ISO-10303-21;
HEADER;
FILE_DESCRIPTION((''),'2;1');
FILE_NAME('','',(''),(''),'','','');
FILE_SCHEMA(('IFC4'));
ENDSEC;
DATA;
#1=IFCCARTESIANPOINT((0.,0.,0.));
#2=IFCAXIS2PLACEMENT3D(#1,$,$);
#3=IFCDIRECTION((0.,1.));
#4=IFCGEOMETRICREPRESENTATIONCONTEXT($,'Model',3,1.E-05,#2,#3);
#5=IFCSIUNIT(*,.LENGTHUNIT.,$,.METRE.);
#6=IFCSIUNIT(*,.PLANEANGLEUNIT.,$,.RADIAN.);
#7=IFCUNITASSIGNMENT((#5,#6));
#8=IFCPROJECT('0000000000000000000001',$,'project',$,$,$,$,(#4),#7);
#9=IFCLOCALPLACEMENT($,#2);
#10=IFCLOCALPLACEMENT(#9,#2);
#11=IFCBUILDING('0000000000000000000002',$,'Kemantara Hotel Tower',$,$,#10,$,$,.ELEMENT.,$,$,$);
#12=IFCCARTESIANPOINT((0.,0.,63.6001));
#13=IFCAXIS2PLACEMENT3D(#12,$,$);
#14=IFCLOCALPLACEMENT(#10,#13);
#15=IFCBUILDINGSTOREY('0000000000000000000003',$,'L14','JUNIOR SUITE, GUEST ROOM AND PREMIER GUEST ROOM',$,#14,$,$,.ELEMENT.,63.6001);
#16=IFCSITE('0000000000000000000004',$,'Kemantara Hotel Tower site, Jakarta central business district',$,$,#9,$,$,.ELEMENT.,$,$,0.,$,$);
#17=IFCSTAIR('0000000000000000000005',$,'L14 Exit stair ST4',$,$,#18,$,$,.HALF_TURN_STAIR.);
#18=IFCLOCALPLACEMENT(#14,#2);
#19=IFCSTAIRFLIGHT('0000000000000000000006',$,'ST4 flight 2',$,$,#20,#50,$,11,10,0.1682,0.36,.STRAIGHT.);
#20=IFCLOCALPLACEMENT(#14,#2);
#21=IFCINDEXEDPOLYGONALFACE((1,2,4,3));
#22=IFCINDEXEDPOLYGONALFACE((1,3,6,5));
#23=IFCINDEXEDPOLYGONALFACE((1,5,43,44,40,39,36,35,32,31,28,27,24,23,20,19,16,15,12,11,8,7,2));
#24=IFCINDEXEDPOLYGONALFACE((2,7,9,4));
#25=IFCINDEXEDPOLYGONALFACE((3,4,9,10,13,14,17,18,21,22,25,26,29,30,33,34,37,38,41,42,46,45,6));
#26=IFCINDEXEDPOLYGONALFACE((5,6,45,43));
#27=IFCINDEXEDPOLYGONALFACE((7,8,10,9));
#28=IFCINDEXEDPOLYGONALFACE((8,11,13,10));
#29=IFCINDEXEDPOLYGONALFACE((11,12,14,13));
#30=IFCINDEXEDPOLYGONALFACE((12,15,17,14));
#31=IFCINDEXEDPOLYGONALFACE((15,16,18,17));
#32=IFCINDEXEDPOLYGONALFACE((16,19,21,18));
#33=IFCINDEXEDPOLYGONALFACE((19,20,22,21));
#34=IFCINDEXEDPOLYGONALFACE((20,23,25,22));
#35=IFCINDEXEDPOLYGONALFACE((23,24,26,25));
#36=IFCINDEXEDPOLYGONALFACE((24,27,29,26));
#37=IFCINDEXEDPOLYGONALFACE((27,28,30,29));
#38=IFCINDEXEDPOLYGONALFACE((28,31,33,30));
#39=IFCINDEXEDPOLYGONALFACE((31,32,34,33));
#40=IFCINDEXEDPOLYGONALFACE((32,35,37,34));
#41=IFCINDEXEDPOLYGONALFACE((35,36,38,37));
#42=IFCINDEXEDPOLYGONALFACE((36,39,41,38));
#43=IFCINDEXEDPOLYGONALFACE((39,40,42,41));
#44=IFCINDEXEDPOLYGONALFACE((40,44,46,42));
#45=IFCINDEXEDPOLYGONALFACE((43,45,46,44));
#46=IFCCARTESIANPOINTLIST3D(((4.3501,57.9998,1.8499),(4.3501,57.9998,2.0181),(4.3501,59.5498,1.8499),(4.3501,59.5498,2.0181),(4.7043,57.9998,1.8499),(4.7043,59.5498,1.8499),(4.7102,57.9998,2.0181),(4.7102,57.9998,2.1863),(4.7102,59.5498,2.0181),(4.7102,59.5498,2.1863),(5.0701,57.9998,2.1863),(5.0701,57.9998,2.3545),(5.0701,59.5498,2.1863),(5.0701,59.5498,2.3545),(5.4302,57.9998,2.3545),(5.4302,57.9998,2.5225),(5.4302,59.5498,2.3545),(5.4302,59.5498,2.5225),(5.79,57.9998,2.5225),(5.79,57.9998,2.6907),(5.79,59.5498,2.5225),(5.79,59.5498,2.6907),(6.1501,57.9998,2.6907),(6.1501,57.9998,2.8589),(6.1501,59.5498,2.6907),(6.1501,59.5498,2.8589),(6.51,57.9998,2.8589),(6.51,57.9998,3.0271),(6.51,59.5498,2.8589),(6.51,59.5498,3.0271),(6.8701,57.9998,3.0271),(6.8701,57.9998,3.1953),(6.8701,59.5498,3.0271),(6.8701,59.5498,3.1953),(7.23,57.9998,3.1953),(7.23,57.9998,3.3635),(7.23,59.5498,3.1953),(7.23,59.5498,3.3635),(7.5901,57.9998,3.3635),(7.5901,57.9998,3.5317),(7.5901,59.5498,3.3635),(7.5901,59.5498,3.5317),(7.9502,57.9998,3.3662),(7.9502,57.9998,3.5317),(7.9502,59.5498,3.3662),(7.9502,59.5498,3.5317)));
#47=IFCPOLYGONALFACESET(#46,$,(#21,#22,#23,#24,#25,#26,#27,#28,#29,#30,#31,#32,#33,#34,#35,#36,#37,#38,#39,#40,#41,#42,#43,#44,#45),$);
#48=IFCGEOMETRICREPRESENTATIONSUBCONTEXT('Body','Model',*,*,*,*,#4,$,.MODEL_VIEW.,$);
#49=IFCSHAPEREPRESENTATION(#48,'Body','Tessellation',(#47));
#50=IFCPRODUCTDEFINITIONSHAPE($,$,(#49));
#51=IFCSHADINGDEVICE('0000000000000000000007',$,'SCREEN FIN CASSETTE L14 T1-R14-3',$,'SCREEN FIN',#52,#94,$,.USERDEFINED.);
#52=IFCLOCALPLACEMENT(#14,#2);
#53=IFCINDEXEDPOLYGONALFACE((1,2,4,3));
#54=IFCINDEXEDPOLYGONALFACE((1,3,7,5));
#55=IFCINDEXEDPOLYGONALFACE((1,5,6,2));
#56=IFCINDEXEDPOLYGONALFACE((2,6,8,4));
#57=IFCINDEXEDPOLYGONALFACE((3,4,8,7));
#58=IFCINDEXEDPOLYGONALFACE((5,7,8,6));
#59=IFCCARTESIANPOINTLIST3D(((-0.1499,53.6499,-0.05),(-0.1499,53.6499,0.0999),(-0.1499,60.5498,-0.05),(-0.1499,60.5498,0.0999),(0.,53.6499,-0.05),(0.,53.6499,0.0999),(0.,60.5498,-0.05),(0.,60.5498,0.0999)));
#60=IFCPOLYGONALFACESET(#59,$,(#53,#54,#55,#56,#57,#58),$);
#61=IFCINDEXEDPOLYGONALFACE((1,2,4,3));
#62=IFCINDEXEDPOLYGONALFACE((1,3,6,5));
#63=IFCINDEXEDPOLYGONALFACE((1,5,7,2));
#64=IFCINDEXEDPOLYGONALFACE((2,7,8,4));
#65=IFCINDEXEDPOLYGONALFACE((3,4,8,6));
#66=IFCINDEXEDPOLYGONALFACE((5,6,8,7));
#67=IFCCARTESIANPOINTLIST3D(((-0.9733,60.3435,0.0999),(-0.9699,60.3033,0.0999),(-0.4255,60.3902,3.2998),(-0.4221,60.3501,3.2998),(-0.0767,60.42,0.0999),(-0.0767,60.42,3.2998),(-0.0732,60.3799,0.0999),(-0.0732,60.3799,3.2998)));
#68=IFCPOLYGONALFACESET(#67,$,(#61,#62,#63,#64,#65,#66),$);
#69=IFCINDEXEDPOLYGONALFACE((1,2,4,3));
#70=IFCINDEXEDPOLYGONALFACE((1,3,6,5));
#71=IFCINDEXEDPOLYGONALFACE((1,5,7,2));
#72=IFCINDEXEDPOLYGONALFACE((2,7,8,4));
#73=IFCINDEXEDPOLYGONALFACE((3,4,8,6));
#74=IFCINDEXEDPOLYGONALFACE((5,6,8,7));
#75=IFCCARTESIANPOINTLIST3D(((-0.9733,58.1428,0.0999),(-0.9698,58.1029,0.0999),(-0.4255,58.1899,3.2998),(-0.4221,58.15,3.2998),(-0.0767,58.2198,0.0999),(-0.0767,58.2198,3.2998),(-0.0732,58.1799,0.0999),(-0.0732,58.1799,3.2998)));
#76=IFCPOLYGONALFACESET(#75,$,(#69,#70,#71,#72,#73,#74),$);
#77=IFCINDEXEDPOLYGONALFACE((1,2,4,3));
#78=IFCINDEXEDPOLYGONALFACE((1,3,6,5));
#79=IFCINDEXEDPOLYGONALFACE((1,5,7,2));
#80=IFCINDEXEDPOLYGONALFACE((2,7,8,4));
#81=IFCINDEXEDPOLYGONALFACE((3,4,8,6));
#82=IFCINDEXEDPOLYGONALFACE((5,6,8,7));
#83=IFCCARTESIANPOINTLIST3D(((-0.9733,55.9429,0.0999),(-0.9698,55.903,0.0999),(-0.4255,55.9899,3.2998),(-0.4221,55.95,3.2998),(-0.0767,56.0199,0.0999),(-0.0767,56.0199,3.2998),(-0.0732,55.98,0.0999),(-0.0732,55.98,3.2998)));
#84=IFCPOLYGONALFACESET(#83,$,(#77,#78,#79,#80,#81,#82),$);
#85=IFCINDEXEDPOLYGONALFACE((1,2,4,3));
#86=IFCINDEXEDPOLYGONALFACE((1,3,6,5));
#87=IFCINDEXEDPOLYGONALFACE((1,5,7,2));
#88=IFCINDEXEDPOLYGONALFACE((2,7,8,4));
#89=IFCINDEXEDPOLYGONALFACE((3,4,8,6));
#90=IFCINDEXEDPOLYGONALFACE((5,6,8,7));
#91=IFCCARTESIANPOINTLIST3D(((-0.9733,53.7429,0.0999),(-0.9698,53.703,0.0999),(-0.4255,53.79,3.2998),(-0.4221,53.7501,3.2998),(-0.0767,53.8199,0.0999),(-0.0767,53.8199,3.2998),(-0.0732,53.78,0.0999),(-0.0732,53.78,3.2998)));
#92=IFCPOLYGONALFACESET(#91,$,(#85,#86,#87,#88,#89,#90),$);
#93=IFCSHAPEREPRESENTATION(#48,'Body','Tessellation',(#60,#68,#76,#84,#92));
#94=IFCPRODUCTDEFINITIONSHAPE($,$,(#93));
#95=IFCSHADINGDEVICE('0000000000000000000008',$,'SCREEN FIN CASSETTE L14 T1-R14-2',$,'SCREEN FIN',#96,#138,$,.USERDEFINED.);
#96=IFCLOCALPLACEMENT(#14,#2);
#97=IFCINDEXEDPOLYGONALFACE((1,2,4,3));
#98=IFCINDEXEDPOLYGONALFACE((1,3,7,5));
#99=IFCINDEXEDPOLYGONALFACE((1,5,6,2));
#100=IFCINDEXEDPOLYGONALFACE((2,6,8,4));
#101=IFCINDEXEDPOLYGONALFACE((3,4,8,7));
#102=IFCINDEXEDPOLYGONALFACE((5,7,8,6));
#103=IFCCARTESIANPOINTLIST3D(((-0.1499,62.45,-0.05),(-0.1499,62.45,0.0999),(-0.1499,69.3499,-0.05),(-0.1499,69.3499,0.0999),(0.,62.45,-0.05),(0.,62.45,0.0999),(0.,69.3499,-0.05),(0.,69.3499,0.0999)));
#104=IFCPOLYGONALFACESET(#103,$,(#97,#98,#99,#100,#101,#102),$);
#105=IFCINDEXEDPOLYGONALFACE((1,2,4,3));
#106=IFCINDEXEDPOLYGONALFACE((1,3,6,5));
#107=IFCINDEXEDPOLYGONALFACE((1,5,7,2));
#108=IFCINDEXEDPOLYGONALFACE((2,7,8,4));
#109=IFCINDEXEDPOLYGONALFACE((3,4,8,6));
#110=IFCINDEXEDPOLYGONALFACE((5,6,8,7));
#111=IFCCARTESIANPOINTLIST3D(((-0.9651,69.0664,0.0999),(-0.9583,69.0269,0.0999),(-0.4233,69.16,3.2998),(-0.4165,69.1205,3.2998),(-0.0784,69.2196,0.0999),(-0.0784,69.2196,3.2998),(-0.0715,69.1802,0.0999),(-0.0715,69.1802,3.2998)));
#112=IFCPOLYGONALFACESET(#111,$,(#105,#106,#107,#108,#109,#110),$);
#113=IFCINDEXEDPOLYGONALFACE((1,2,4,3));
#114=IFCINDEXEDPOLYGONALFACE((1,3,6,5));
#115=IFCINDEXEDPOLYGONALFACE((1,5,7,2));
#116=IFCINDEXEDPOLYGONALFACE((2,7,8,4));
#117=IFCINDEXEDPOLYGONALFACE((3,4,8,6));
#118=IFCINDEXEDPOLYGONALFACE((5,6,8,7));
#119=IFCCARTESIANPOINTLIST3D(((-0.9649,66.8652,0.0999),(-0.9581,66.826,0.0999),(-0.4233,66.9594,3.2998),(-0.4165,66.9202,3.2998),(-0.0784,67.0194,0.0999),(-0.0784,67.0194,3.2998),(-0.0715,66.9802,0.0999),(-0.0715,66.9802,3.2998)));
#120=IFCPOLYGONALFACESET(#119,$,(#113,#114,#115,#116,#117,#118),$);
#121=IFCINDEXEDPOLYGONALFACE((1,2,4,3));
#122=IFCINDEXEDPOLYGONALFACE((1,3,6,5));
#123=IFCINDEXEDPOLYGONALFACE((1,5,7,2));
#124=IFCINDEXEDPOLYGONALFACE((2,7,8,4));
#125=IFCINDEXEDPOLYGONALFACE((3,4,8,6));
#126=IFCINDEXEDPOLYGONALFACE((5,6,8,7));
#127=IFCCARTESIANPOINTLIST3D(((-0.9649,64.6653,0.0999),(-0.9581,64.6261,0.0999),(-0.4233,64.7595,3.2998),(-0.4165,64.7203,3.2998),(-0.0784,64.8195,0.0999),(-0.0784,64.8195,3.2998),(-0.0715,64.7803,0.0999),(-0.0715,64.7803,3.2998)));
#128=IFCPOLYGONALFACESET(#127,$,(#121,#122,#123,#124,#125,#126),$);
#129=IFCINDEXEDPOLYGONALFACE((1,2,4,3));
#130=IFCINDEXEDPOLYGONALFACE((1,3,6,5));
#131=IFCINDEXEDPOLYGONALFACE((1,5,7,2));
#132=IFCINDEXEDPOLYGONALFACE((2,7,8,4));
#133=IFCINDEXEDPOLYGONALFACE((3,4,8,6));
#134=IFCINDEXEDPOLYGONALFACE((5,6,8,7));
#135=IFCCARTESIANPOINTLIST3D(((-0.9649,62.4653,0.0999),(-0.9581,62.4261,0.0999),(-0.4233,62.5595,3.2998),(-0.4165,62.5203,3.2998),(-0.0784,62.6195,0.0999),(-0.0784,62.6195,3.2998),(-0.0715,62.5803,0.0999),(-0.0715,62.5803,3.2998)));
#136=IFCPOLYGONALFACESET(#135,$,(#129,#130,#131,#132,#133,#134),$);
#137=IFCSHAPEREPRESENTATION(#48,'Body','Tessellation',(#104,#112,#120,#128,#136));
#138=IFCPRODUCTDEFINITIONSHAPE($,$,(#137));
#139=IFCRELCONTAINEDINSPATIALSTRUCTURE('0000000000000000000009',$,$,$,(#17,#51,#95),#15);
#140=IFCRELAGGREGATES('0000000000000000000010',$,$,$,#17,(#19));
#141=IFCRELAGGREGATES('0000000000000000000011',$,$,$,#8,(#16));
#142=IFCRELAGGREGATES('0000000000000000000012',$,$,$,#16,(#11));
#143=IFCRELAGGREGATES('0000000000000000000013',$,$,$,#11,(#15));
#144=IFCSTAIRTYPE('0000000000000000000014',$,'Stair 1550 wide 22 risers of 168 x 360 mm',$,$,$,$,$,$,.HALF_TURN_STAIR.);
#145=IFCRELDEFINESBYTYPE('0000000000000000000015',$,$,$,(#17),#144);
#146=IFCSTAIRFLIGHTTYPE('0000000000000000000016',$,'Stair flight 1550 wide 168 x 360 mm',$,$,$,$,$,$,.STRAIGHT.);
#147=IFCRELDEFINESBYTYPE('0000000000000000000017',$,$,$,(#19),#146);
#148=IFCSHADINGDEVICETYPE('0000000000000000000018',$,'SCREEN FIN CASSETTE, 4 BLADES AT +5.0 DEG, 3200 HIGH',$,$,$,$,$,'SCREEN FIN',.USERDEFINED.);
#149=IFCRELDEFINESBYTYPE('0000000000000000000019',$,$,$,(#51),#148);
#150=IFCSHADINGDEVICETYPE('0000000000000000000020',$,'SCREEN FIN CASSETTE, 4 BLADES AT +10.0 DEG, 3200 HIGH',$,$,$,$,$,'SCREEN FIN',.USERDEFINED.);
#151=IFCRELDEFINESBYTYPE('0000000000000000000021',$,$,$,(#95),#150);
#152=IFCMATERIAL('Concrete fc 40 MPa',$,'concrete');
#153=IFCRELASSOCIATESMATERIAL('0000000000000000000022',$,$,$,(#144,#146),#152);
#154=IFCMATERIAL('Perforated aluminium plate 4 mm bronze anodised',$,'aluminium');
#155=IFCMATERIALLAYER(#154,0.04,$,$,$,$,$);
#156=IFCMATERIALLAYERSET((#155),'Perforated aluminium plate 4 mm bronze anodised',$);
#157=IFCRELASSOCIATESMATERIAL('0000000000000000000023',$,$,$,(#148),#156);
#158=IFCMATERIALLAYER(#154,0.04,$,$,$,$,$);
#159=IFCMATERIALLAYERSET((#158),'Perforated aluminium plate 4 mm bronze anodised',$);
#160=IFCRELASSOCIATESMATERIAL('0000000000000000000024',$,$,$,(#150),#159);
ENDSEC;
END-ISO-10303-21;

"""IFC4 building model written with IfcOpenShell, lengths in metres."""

from ifc_helpers import new_model, si_unit, direction, frame, origin, origin_2d, place, context, subcontext, project, spatial, polyline, rectangle, outline, extrude, source, transform, mapped, material, layer, layer_set, type_object, element, aggregate, save


model = new_model("IFC4")

# Units and contexts
model_context = context("Model", 3, precision=1e-05, world=origin(), true_north=direction((0.0, 1.0)))
body_context = subcontext(model_context, "Body", "Model", "MODEL_VIEW")
ifc_project = project(units=[si_unit("LENGTHUNIT", "METRE"), si_unit("PLANEANGLEUNIT", "RADIAN")], contexts=[model_context])

# Site, building, storey
site_placement = place(None, origin())
site = spatial("IfcSite", under=ifc_project, at=site_placement, Name="Kemantara Hotel Tower site, Jakarta central business district", CompositionType="ELEMENT", RefElevation=0.0)
building_placement = place(site_placement, origin())
building = spatial("IfcBuilding", under=site, at=building_placement, Name="Kemantara Hotel Tower", CompositionType="ELEMENT")
storey_placement = place(building_placement, frame((0.0, 0.0, 63.6001)))
storey = spatial("IfcBuildingStorey", under=building, at=storey_placement, Name="L14", Description="JUNIOR SUITE, GUEST ROOM AND PREMIER GUEST ROOM", CompositionType="ELEMENT", Elevation=63.6001)

# Shared definitions
ifc_material_1 = material(Name="Concrete fc 40 MPa", Category="concrete")

# Stair, stair flight
stair_type = type_object("IfcStairType", Name="Stair 1550 wide 22 risers of 168 x 360 mm", PredefinedType="HALF_TURN_STAIR", material=ifc_material_1)
stair_placement = place(storey_placement, origin())
stair = element("IfcStair", 1, at=stair_placement, inside=storey, type_object=stair_type, Name="L14 Exit stair ST4", PredefinedType="HALF_TURN_STAIR")
stair_flight_type = type_object("IfcStairFlightType", Name="Stair flight 1550 wide 168 x 360 mm", PredefinedType="STRAIGHT", material=ifc_material_1)
stair_flight_1_placement = place(storey_placement, frame((4.3501, 58.7749, 1.8499), z_axis=(0.0, 0.0, 1.0), x_axis=(1.0, 0.0, 0.0)))
stair_flight_1 = element("IfcStairFlight", 2, at=stair_flight_1_placement, type_object=stair_flight_type, Name="ST4 flight 2", NumberOfRisers=11, NumberOfTreads=10, PredefinedType="STRAIGHT", RiserHeight=0.1682, TreadLength=0.36, context=body_context, shape_type="SweptSolid", body=[
    extrude(outline(polyline([(0.0, 0.0), (0.0, 0.1682), (0.3601, 0.1682), (0.3601, 0.3364), (0.72, 0.3364), (0.72, 0.5046), (1.0801, 0.5046), (1.0801, 0.6726), (1.4399, 0.6726), (1.4399, 0.8408), (1.8, 0.8408), (1.8, 1.009), (2.1599, 1.009), (2.1599, 1.1772), (2.52, 1.1772), (2.52, 1.3455), (2.8799, 1.3455), (2.8799, 1.5137), (3.24, 1.5137), (3.24, 1.6819), (3.6001, 1.6819), (3.6001, 1.8501), (3.6001, 1.5164), (0.3542, 0.0), (0.0, 0.0)])), frame((0.0, 0.7749, 0.0), z_axis=(0.0, -1.0, 0.0), x_axis=(1.0, 0.0, 0.0)), (0.0, 0.0, 1.0), 1.55),
])
aggregate(stair, [stair_flight_1])

# Shading devices
ifc_material_2 = material(Name="Perforated aluminium plate 4 mm bronze anodised", Category="aluminium")
ifc_layer_1 = layer(ifc_material_2, 0.04)
ifc_layer_set_1 = layer_set([ifc_layer_1], Name="Perforated aluminium plate 4 mm bronze anodised")
shading_device_type_1 = type_object("IfcShadingDeviceType", Name="SCREEN FIN CASSETTE, 4 BLADES AT +5.0 DEG, 3200 HIGH", ElementType="SCREEN FIN", PredefinedType="USERDEFINED", material=ifc_layer_set_1)
shared_shape_1 = source(origin(), body_context, "Body", "SweptSolid", [
    extrude(rectangle(XDim=6.8999, YDim=0.1499, at=origin_2d()), frame((3.3, -0.075, -0.1499), z_axis=(0.0, 0.0, 1.0), x_axis=(1.0, 0.0, 0.0)), (0.0, 0.0, 1.0), 0.1499),
    extrude(outline(polyline([(0.0, 0.0), (0.8999, 0.0), (0.3501, 3.2), (0.0, 3.2), (0.0, 0.0)])), frame((0.02, -0.0732, 0.0), z_axis=(-0.996376, -0.085056, 0.0), x_axis=(0.085056, -0.996376, 0.0)), (0.0, 0.0, 1.0), 0.0403),
    extrude(outline(polyline([(0.0, 0.0), (0.8999, 0.0), (0.3501, 3.2), (0.0, 3.2), (0.0, 0.0)])), frame((2.22, -0.0732, 0.0), z_axis=(-0.996332, -0.085575, 0.0), x_axis=(0.085575, -0.996332, 0.0)), (0.0, 0.0, 1.0), 0.04),
    extrude(outline(polyline([(0.0, 0.0), (0.8999, 0.0), (0.3501, 3.2), (0.0, 3.2), (0.0, 0.0)])), frame((4.4199, -0.0732, 0.0), z_axis=(-0.996332, -0.085575, 0.0), x_axis=(0.085575, -0.996332, 0.0)), (0.0, 0.0, 1.0), 0.04),
    extrude(outline(polyline([(0.0, 0.0), (0.8999, 0.0), (0.3501, 3.2), (0.0, 3.2), (0.0, 0.0)])), frame((6.6199, -0.0732, 0.0), z_axis=(-0.996332, -0.085575, 0.0), x_axis=(0.085575, -0.996332, 0.0)), (0.0, 0.0, 1.0), 0.04),
])
shading_device_1_placement = place(storey_placement, frame((0.0, 60.3999, 0.0999), z_axis=(0.0, 0.0, 1.0), x_axis=(0.0, -1.0, 0.0)))
element("IfcShadingDevice", 3, at=shading_device_1_placement, inside=storey, type_object=shading_device_type_1, Name="SCREEN FIN CASSETTE L14 T1-R14-3", ObjectType="SCREEN FIN", PredefinedType="USERDEFINED", context=body_context, shape_type="MappedRepresentation", body=[
    mapped(shared_shape_1, transform((0.0, 0.0, 0.0))),
])
ifc_layer_2 = layer(ifc_material_2, 0.04)
ifc_layer_set_2 = layer_set([ifc_layer_2], Name="Perforated aluminium plate 4 mm bronze anodised")
shading_device_type_2 = type_object("IfcShadingDeviceType", Name="SCREEN FIN CASSETTE, 4 BLADES AT +10.0 DEG, 3200 HIGH", ElementType="SCREEN FIN", PredefinedType="USERDEFINED", material=ifc_layer_set_2)
shared_shape_2 = source(origin(), body_context, "Body", "SweptSolid", [
    extrude(rectangle(XDim=6.8999, YDim=0.1499, at=origin_2d()), frame((3.3, -0.075, -0.1499), z_axis=(0.0, 0.0, 1.0), x_axis=(1.0, 0.0, 0.0)), (0.0, 0.0, 1.0), 0.1499),
    extrude(outline(polyline([(0.0, 0.0), (0.8999, 0.0), (0.3501, 3.2), (0.0, 3.2), (0.0, 0.0)])), frame((0.0198, -0.0715, 0.0), z_axis=(-0.98539, -0.170314, 0.0), x_axis=(0.170314, -0.98539, 0.0)), (0.0, 0.0, 1.0), 0.04),
    extrude(outline(polyline([(0.0, 0.0), (0.8999, 0.0), (0.3501, 3.2), (0.0, 3.2), (0.0, 0.0)])), frame((2.2197, -0.0715, 0.0), z_axis=(-0.985212, -0.171341, 0.0), x_axis=(0.171341, -0.985212, 0.0)), (0.0, 0.0, 1.0), 0.0398),
    extrude(outline(polyline([(0.0, 0.0), (0.8999, 0.0), (0.3501, 3.2), (0.0, 3.2), (0.0, 0.0)])), frame((4.4197, -0.0715, 0.0), z_axis=(-0.985212, -0.171341, 0.0), x_axis=(0.171341, -0.985212, 0.0)), (0.0, 0.0, 1.0), 0.0398),
    extrude(outline(polyline([(0.0, 0.0), (0.8999, 0.0), (0.3501, 3.2), (0.0, 3.2), (0.0, 0.0)])), frame((6.6196, -0.0715, 0.0), z_axis=(-0.985212, -0.171341, 0.0), x_axis=(0.171341, -0.985212, 0.0)), (0.0, 0.0, 1.0), 0.0398),
])
shading_device_2_placement = place(storey_placement, frame((0.0, 69.2, 0.0999), z_axis=(0.0, 0.0, 1.0), x_axis=(0.0, -1.0, 0.0)))
element("IfcShadingDevice", 4, at=shading_device_2_placement, inside=storey, type_object=shading_device_type_2, Name="SCREEN FIN CASSETTE L14 T1-R14-2", ObjectType="SCREEN FIN", PredefinedType="USERDEFINED", context=body_context, shape_type="MappedRepresentation", body=[
    mapped(shared_shape_2, transform((0.0, 0.0, 0.0))),
])

save(model, "model.ifc")
